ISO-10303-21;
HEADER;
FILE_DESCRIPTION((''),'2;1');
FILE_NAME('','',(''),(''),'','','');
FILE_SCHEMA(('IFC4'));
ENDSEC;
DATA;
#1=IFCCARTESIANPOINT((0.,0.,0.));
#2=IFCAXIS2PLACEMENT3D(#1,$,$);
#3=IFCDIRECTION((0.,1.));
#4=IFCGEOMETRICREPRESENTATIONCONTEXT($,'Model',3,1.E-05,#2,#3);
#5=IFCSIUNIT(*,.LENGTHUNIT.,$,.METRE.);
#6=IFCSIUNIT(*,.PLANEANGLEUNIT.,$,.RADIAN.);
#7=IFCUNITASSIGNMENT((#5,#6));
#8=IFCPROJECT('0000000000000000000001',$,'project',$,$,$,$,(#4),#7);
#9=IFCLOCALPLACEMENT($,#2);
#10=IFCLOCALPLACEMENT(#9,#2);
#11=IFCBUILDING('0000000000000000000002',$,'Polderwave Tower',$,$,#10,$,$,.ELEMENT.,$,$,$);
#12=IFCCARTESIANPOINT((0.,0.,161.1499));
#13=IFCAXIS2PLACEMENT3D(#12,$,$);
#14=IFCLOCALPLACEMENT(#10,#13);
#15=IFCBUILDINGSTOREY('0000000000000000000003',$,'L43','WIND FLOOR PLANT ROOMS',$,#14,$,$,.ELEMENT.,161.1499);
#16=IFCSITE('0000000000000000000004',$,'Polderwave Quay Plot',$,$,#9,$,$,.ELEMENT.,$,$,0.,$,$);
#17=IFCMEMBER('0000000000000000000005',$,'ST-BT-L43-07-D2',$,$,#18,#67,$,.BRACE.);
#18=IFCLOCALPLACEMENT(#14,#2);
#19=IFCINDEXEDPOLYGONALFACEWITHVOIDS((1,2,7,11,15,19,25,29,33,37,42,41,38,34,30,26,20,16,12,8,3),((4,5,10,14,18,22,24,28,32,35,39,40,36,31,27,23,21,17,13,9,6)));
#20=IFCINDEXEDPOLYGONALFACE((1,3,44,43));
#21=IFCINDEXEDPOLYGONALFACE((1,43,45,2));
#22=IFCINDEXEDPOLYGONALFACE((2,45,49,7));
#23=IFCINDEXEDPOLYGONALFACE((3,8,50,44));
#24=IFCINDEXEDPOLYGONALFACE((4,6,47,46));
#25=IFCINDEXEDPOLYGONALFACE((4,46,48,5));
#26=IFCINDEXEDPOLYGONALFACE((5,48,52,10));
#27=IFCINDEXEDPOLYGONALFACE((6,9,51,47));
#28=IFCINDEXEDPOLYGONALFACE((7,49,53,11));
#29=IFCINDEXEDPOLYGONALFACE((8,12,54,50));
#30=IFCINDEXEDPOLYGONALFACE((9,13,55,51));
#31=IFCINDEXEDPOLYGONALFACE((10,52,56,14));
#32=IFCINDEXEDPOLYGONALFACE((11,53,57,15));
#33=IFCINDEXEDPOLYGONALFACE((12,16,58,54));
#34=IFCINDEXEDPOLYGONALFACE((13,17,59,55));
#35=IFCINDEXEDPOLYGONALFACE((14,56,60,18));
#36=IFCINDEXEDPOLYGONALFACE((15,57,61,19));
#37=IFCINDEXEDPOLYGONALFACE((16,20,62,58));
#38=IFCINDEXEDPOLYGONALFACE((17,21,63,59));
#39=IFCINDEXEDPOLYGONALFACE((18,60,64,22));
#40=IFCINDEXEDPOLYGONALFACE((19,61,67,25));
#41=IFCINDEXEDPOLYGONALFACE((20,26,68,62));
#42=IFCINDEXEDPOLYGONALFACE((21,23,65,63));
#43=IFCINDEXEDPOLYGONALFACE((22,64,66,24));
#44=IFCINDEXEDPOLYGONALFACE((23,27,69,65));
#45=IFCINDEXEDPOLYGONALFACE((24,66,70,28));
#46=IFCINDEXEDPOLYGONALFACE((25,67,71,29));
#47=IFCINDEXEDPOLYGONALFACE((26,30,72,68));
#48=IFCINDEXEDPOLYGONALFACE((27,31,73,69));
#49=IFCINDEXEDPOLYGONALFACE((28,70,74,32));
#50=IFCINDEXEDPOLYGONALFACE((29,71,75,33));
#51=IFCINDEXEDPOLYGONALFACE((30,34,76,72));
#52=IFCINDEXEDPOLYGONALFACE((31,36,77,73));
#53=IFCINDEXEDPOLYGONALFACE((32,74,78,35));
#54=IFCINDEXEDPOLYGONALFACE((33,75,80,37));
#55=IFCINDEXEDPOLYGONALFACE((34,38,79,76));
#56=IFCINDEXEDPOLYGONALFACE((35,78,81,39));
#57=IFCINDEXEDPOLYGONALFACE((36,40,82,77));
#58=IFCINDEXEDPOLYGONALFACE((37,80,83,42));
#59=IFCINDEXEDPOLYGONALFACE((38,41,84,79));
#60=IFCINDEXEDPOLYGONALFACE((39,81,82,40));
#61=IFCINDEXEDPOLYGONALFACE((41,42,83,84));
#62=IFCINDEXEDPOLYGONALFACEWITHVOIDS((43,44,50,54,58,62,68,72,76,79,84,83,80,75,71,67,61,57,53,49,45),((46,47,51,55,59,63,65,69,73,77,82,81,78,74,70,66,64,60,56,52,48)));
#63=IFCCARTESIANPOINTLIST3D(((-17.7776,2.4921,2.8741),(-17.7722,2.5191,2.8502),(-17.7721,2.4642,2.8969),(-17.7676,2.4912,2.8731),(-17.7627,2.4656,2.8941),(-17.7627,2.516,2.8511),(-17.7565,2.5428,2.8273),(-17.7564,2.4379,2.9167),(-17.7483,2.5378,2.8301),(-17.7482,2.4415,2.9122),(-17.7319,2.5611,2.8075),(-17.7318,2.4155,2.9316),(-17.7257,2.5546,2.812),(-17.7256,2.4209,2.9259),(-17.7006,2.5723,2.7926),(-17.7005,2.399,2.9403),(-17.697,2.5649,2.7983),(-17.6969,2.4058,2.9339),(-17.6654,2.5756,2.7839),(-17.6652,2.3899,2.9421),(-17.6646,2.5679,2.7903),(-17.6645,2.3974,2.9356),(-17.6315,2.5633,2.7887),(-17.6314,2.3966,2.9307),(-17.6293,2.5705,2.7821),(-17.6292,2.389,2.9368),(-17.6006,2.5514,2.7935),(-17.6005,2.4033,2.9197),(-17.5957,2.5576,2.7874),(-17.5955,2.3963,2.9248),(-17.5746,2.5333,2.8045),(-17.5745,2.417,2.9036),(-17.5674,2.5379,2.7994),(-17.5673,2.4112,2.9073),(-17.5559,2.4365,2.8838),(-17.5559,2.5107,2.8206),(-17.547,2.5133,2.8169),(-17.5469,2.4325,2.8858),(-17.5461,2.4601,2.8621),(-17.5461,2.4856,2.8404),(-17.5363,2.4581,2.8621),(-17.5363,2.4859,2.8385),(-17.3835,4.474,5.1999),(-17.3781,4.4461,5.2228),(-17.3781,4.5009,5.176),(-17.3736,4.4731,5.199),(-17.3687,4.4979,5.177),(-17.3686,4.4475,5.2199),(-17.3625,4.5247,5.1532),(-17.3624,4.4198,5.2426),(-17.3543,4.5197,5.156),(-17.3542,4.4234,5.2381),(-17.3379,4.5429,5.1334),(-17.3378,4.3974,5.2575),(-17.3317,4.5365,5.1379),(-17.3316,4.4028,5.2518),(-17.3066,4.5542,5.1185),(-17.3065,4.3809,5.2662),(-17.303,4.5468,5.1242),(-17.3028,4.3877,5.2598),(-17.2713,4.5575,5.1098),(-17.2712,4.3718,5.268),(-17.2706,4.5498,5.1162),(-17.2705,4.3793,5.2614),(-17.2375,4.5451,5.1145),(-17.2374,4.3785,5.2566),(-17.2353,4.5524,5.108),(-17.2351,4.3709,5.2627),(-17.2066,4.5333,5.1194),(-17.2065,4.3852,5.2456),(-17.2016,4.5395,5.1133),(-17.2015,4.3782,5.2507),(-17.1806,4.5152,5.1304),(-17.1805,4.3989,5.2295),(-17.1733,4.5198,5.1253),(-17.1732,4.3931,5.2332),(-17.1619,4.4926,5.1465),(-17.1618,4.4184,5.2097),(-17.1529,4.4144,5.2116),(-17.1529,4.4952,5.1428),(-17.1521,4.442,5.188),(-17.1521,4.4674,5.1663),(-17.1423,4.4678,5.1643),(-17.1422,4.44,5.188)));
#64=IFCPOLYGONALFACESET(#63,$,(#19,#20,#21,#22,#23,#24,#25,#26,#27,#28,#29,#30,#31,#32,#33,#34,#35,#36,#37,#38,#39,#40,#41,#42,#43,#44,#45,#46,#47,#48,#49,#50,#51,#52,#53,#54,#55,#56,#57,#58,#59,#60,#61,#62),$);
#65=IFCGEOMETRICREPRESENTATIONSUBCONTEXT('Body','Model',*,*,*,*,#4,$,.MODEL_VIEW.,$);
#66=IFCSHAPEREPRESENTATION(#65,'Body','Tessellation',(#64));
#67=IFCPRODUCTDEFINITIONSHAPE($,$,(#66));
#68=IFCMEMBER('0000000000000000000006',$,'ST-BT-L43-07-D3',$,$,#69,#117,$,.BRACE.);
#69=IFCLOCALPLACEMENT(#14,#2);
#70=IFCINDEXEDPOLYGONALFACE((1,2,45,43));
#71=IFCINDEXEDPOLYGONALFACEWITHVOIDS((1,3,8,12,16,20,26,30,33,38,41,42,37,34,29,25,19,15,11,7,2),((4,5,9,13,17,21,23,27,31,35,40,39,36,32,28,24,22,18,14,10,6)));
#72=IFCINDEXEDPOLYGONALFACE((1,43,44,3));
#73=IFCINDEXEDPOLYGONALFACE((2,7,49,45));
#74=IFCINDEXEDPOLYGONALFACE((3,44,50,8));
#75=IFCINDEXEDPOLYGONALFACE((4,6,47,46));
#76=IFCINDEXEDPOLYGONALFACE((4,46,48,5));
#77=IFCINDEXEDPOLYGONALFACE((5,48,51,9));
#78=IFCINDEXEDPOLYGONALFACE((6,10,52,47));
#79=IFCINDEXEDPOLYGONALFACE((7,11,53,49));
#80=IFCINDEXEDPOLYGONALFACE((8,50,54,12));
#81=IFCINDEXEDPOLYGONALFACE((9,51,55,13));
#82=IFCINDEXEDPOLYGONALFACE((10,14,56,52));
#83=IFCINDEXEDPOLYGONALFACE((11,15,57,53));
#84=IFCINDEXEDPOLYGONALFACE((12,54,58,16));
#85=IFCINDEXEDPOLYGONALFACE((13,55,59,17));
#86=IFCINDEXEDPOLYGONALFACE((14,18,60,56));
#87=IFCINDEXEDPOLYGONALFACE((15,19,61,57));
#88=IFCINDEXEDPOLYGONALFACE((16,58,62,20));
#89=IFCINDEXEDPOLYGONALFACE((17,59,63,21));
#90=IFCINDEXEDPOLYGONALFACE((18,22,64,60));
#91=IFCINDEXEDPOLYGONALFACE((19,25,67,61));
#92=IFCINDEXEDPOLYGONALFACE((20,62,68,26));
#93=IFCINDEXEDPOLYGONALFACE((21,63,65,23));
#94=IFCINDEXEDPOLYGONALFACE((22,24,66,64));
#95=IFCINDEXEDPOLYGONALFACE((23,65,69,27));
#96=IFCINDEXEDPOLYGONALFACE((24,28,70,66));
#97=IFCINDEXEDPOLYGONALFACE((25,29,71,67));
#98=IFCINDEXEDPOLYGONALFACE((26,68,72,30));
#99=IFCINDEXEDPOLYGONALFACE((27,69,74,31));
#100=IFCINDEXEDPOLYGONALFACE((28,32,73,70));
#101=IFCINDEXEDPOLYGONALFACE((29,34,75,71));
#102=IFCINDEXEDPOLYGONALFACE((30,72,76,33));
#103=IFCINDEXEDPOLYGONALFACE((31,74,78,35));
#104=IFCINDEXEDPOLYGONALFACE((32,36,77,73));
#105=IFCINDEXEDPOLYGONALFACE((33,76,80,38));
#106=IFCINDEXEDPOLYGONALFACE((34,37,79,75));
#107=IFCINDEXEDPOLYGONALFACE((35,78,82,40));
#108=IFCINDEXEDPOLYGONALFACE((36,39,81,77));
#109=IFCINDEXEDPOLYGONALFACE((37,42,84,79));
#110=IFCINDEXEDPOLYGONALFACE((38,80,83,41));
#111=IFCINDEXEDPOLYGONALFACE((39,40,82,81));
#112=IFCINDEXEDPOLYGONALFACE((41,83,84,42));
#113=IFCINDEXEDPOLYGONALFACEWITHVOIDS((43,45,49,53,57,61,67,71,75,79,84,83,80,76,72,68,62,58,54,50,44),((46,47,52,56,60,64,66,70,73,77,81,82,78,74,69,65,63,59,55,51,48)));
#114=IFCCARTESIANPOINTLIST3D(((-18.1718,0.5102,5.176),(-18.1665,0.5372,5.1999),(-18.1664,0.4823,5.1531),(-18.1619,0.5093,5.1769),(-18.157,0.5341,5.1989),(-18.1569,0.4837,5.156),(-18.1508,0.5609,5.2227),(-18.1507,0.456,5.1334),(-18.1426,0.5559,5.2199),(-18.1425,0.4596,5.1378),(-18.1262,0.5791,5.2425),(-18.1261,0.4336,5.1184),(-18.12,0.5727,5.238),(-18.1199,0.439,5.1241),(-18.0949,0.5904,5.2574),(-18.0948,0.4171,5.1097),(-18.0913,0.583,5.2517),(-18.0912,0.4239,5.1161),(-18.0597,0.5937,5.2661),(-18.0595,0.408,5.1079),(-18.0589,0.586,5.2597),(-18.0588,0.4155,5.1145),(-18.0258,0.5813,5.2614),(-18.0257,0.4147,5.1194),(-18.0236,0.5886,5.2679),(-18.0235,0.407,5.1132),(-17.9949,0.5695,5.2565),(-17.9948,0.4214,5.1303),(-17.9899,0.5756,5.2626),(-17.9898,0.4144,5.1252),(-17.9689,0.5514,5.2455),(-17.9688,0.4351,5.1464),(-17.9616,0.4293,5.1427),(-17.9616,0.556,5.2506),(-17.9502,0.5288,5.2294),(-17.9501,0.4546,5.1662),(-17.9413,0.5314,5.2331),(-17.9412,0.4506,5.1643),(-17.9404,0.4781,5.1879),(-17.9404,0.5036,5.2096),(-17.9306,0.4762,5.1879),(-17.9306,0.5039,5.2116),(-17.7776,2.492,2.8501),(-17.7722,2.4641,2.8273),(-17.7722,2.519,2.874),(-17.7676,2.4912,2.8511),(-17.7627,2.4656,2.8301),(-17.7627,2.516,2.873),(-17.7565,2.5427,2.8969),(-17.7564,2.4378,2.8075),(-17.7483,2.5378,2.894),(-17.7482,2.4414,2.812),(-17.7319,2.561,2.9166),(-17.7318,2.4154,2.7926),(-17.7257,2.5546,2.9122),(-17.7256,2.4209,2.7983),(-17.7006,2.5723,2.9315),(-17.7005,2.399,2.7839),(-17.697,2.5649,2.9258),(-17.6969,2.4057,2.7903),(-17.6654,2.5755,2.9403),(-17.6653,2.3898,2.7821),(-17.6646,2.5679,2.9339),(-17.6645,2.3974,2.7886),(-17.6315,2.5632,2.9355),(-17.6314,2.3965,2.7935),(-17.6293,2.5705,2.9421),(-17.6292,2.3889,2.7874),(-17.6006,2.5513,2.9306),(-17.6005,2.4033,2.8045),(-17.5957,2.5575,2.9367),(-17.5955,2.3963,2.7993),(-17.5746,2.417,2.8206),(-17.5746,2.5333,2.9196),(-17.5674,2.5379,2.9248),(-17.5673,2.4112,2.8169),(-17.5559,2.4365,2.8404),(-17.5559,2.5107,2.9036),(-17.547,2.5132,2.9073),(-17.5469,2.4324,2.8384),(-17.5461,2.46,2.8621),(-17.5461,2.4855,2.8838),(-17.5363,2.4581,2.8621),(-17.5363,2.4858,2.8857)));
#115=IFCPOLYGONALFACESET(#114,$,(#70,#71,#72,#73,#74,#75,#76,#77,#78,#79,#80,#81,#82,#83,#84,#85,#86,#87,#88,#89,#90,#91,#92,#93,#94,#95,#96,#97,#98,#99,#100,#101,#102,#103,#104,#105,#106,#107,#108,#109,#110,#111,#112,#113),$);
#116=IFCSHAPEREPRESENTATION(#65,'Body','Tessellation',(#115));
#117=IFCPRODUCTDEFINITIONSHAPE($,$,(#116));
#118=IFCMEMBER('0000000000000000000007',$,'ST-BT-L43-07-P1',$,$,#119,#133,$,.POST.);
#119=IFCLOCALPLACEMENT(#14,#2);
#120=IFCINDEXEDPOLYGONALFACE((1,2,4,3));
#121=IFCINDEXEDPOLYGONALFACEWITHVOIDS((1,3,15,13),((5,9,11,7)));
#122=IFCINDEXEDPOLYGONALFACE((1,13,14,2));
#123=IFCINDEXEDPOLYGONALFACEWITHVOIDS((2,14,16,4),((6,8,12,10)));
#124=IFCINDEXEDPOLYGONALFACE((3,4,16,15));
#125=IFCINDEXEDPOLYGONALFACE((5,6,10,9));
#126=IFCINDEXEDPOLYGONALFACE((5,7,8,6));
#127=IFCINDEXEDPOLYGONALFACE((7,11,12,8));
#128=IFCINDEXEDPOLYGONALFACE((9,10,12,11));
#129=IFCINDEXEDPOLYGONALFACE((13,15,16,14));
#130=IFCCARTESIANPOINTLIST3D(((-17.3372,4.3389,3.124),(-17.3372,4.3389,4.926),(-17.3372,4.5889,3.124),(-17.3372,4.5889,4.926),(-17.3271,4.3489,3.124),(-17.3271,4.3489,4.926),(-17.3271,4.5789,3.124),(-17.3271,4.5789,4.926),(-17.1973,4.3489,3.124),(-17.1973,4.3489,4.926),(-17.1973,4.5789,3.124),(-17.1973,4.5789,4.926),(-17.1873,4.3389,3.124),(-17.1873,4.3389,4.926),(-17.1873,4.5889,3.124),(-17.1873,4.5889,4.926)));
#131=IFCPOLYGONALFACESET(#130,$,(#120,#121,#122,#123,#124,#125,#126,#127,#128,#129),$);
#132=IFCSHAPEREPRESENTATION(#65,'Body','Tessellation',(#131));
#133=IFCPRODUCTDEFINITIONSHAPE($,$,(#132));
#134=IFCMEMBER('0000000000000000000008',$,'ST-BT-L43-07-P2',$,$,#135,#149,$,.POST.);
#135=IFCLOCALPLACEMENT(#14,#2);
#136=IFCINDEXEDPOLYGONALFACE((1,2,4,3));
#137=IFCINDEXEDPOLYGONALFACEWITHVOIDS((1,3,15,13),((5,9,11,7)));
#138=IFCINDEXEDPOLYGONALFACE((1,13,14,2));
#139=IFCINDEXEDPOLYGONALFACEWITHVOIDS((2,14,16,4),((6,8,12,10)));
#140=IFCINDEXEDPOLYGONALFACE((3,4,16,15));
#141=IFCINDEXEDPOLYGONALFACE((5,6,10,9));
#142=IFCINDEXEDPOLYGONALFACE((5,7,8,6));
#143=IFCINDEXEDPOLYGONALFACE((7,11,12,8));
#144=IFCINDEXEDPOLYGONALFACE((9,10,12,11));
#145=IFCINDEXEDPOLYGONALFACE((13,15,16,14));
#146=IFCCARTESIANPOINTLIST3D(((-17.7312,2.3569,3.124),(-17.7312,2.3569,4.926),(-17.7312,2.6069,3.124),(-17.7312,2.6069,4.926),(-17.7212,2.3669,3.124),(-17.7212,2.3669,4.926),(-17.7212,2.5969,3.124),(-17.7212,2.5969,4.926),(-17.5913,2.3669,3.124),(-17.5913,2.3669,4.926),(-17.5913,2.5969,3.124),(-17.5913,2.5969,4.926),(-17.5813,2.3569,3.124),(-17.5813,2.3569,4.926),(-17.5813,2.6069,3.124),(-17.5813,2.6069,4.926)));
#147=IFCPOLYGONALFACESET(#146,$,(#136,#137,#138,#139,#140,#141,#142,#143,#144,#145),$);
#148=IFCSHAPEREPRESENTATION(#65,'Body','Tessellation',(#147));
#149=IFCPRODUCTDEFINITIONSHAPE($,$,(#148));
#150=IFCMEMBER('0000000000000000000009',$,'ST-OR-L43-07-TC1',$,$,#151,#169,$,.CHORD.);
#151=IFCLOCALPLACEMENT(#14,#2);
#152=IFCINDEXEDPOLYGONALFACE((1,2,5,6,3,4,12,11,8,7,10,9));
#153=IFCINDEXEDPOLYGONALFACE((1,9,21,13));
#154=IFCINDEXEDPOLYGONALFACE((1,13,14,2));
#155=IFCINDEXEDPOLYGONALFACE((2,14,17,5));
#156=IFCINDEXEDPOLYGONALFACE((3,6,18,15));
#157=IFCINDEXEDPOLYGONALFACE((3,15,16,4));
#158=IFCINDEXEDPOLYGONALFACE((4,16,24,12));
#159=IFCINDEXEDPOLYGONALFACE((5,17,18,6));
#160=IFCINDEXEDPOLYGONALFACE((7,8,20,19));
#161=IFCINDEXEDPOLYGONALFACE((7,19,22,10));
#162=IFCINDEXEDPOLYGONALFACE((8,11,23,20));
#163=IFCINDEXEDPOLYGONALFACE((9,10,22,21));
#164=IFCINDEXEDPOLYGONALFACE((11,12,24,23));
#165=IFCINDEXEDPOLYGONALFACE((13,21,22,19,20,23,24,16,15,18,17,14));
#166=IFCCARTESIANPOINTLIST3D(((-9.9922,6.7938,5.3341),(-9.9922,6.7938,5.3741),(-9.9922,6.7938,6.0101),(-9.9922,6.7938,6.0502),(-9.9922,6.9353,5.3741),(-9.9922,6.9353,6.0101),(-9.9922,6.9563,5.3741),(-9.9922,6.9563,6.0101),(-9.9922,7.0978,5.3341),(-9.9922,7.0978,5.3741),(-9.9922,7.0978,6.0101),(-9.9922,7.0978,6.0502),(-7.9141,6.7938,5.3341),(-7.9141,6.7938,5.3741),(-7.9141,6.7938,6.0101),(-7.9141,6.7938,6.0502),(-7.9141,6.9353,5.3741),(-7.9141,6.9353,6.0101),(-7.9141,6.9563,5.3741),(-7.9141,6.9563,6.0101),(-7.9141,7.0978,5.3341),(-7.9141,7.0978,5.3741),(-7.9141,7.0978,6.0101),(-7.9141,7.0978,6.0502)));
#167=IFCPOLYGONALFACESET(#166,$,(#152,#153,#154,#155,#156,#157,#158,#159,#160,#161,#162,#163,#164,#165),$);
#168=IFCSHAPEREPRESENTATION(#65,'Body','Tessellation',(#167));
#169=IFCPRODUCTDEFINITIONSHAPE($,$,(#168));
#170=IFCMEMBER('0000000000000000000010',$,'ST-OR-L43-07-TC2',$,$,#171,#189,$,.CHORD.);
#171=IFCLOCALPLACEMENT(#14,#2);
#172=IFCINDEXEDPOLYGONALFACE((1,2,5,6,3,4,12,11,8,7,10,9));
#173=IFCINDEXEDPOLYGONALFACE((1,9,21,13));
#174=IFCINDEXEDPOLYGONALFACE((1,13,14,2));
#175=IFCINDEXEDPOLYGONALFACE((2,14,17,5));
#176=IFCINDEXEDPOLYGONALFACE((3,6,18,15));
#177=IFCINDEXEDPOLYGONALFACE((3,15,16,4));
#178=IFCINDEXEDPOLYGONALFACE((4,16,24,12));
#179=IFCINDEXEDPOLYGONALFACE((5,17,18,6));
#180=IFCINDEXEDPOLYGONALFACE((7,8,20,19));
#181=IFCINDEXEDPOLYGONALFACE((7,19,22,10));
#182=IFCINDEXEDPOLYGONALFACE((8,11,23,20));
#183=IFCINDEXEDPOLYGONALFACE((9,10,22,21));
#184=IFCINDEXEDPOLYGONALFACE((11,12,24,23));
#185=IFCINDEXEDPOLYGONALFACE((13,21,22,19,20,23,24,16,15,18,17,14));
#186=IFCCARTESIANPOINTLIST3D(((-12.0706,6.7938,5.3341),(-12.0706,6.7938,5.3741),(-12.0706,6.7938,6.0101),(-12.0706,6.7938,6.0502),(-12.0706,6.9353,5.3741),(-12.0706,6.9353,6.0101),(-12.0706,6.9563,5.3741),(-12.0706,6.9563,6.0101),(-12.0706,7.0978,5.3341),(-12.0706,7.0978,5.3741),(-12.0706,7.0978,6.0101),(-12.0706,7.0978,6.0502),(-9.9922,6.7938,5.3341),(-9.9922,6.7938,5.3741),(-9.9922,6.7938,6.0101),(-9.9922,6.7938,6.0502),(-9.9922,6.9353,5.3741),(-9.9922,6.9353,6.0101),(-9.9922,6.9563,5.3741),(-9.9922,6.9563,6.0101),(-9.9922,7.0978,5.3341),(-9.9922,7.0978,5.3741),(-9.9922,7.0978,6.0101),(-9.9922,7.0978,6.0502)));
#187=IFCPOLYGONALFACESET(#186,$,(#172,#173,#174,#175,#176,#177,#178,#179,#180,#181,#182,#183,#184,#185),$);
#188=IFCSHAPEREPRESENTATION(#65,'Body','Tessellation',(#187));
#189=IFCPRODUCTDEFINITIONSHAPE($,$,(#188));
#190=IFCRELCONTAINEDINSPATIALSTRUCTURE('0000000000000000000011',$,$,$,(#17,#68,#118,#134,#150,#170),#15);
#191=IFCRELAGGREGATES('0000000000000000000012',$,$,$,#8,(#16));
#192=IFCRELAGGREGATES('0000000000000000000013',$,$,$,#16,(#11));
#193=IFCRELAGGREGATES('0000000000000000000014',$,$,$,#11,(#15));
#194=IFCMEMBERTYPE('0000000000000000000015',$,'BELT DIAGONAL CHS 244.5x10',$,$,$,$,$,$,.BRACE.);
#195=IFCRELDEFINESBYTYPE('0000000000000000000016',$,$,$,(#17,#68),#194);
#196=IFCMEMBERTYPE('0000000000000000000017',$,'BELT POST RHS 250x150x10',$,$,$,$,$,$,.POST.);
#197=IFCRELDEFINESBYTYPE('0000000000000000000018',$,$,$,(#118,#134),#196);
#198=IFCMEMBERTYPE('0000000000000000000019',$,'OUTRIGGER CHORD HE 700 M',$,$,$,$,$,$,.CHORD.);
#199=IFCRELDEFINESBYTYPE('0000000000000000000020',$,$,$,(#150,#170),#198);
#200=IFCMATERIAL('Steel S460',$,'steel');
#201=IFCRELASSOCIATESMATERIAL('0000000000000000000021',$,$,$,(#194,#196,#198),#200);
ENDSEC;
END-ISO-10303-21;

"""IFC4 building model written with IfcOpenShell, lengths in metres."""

from ifc_helpers import new_model, si_unit, direction, frame, origin, origin_2d, place, context, subcontext, project, spatial, hollow_rectangle, hollow_circle, i_section, extrude, material, material_profile, profile_set, type_object, element, save


model = new_model("IFC4")

# Units and contexts
model_context = context("Model", 3, precision=1e-05, world=origin(), true_north=direction((0.0, 1.0)))
body_context = subcontext(model_context, "Body", "Model", "MODEL_VIEW")
ifc_project = project(units=[si_unit("LENGTHUNIT", "METRE"), si_unit("PLANEANGLEUNIT", "RADIAN")], contexts=[model_context])

# Site, building, storey
site_placement = place(None, origin())
site = spatial("IfcSite", under=ifc_project, at=site_placement, Name="Polderwave Quay Plot", CompositionType="ELEMENT", RefElevation=0.0)
building_placement = place(site_placement, origin())
building = spatial("IfcBuilding", under=site, at=building_placement, Name="Polderwave Tower", CompositionType="ELEMENT")
storey_placement = place(building_placement, frame((0.0, 0.0, 161.1499)))
storey = spatial("IfcBuildingStorey", under=building, at=storey_placement, Name="L43", Description="WIND FLOOR PLANT ROOMS", CompositionType="ELEMENT", Elevation=161.1499)

# Members
ifc_material_1 = material(Name="Steel S460", Category="steel")
ifc_material_profile_1 = material_profile(ifc_material_1, hollow_circle(Radius=0.1223, WallThickness=0.01, at=origin_2d()), Name="CHS 244.5x10")
ifc_profile_set_1 = profile_set([ifc_material_profile_1], Name="Steel S460")
member_type_1 = type_object("IfcMemberType", Name="BELT DIAGONAL CHS 244.5x10", PredefinedType="BRACE", material=ifc_profile_set_1)
for number, where, z_axis, x_axis, name in (
    (1, (-17.2622, 4.4639, 5.188), (-0.12789, -0.643252, -0.754898), (0.980803, -0.195001, 0.0), "ST-BT-L43-07-D2"),
    (2, (-17.6562, 2.4819, 2.8621), (-0.127968, -0.643246, 0.75489), (0.98078, -0.195117, 0.0), "ST-BT-L43-07-D3"),
):
    element("IfcMember", number, at=place(storey_placement, frame(where, z_axis=z_axis, x_axis=x_axis)), inside=storey, type_object=member_type_1, Name=name, PredefinedType="BRACE", context=body_context, shape_type="SweptSolid", body=[
        extrude(hollow_circle(Radius=0.1223, WallThickness=0.01, at=origin_2d()), origin(), (0.0, 0.0, 1.0), 3.0811),
    ])
ifc_material_profile_2 = material_profile(ifc_material_1, hollow_rectangle(XDim=0.1499, YDim=0.25, WallThickness=0.01, at=origin_2d()), Name="RHS 250x150x10")
ifc_profile_set_2 = profile_set([ifc_material_profile_2], Name="Steel S460")
member_type_2 = type_object("IfcMemberType", Name="BELT POST RHS 250x150x10", PredefinedType="POST", material=ifc_profile_set_2)
for number, where, z_axis, x_axis, name in (
    (3, (-17.2622, 4.4639, 3.124), (0.0, 0.0, 1.0), (1.0, 0.0, 0.0), "ST-BT-L43-07-P1"),
    (4, (-17.6562, 2.4819, 3.124), (0.0, 0.0, 1.0), (1.0, 0.0, 0.0), "ST-BT-L43-07-P2"),
):
    element("IfcMember", number, at=place(storey_placement, frame(where, z_axis=z_axis, x_axis=x_axis)), inside=storey, type_object=member_type_2, Name=name, PredefinedType="POST", context=body_context, shape_type="SweptSolid", body=[
        extrude(hollow_rectangle(XDim=0.1499, YDim=0.25, WallThickness=0.01, at=origin_2d()), origin(), (0.0, 0.0, 1.0), 1.802),
    ])
ifc_material_profile_3 = material_profile(ifc_material_1, i_section(OverallWidth=0.304, OverallDepth=0.7161, WebThickness=0.021, FlangeThickness=0.04, at=origin_2d()), Name="HE 700 M")
ifc_profile_set_3 = profile_set([ifc_material_profile_3], Name="Steel S460")
member_type_3 = type_object("IfcMemberType", Name="OUTRIGGER CHORD HE 700 M", PredefinedType="CHORD", material=ifc_profile_set_3)
member_placement = place(storey_placement, frame((-7.9141, 6.9458, 5.6921), z_axis=(-1.0, 0.0, 0.0), x_axis=(0.0, -1.0, 0.0)))
element("IfcMember", 5, at=member_placement, inside=storey, type_object=member_type_3, Name="ST-OR-L43-07-TC1", PredefinedType="CHORD", context=body_context, shape_type="SweptSolid", body=[
    extrude(i_section(OverallWidth=0.304, OverallDepth=0.7161, WebThickness=0.021, FlangeThickness=0.04, at=origin_2d()), origin(), (0.0, 0.0, 1.0), 2.0781),
])
for number, where, z_axis, x_axis, name in (
    (6, (-9.9922, 6.9458, 5.6921), (-1.0, 0.0, 0.0), (0.0, -1.0, 0.0), "ST-OR-L43-07-TC2"),
):
    element("IfcMember", number, at=place(storey_placement, frame(where, z_axis=z_axis, x_axis=x_axis)), inside=storey, type_object=member_type_3, Name=name, PredefinedType="CHORD", context=body_context, shape_type="SweptSolid", body=[
        extrude(i_section(OverallWidth=0.304, OverallDepth=0.7161, WebThickness=0.021, FlangeThickness=0.04, at=origin_2d()), origin(), (0.0, 0.0, 1.0), 2.0784),
    ])

save(model, "model.ifc")
